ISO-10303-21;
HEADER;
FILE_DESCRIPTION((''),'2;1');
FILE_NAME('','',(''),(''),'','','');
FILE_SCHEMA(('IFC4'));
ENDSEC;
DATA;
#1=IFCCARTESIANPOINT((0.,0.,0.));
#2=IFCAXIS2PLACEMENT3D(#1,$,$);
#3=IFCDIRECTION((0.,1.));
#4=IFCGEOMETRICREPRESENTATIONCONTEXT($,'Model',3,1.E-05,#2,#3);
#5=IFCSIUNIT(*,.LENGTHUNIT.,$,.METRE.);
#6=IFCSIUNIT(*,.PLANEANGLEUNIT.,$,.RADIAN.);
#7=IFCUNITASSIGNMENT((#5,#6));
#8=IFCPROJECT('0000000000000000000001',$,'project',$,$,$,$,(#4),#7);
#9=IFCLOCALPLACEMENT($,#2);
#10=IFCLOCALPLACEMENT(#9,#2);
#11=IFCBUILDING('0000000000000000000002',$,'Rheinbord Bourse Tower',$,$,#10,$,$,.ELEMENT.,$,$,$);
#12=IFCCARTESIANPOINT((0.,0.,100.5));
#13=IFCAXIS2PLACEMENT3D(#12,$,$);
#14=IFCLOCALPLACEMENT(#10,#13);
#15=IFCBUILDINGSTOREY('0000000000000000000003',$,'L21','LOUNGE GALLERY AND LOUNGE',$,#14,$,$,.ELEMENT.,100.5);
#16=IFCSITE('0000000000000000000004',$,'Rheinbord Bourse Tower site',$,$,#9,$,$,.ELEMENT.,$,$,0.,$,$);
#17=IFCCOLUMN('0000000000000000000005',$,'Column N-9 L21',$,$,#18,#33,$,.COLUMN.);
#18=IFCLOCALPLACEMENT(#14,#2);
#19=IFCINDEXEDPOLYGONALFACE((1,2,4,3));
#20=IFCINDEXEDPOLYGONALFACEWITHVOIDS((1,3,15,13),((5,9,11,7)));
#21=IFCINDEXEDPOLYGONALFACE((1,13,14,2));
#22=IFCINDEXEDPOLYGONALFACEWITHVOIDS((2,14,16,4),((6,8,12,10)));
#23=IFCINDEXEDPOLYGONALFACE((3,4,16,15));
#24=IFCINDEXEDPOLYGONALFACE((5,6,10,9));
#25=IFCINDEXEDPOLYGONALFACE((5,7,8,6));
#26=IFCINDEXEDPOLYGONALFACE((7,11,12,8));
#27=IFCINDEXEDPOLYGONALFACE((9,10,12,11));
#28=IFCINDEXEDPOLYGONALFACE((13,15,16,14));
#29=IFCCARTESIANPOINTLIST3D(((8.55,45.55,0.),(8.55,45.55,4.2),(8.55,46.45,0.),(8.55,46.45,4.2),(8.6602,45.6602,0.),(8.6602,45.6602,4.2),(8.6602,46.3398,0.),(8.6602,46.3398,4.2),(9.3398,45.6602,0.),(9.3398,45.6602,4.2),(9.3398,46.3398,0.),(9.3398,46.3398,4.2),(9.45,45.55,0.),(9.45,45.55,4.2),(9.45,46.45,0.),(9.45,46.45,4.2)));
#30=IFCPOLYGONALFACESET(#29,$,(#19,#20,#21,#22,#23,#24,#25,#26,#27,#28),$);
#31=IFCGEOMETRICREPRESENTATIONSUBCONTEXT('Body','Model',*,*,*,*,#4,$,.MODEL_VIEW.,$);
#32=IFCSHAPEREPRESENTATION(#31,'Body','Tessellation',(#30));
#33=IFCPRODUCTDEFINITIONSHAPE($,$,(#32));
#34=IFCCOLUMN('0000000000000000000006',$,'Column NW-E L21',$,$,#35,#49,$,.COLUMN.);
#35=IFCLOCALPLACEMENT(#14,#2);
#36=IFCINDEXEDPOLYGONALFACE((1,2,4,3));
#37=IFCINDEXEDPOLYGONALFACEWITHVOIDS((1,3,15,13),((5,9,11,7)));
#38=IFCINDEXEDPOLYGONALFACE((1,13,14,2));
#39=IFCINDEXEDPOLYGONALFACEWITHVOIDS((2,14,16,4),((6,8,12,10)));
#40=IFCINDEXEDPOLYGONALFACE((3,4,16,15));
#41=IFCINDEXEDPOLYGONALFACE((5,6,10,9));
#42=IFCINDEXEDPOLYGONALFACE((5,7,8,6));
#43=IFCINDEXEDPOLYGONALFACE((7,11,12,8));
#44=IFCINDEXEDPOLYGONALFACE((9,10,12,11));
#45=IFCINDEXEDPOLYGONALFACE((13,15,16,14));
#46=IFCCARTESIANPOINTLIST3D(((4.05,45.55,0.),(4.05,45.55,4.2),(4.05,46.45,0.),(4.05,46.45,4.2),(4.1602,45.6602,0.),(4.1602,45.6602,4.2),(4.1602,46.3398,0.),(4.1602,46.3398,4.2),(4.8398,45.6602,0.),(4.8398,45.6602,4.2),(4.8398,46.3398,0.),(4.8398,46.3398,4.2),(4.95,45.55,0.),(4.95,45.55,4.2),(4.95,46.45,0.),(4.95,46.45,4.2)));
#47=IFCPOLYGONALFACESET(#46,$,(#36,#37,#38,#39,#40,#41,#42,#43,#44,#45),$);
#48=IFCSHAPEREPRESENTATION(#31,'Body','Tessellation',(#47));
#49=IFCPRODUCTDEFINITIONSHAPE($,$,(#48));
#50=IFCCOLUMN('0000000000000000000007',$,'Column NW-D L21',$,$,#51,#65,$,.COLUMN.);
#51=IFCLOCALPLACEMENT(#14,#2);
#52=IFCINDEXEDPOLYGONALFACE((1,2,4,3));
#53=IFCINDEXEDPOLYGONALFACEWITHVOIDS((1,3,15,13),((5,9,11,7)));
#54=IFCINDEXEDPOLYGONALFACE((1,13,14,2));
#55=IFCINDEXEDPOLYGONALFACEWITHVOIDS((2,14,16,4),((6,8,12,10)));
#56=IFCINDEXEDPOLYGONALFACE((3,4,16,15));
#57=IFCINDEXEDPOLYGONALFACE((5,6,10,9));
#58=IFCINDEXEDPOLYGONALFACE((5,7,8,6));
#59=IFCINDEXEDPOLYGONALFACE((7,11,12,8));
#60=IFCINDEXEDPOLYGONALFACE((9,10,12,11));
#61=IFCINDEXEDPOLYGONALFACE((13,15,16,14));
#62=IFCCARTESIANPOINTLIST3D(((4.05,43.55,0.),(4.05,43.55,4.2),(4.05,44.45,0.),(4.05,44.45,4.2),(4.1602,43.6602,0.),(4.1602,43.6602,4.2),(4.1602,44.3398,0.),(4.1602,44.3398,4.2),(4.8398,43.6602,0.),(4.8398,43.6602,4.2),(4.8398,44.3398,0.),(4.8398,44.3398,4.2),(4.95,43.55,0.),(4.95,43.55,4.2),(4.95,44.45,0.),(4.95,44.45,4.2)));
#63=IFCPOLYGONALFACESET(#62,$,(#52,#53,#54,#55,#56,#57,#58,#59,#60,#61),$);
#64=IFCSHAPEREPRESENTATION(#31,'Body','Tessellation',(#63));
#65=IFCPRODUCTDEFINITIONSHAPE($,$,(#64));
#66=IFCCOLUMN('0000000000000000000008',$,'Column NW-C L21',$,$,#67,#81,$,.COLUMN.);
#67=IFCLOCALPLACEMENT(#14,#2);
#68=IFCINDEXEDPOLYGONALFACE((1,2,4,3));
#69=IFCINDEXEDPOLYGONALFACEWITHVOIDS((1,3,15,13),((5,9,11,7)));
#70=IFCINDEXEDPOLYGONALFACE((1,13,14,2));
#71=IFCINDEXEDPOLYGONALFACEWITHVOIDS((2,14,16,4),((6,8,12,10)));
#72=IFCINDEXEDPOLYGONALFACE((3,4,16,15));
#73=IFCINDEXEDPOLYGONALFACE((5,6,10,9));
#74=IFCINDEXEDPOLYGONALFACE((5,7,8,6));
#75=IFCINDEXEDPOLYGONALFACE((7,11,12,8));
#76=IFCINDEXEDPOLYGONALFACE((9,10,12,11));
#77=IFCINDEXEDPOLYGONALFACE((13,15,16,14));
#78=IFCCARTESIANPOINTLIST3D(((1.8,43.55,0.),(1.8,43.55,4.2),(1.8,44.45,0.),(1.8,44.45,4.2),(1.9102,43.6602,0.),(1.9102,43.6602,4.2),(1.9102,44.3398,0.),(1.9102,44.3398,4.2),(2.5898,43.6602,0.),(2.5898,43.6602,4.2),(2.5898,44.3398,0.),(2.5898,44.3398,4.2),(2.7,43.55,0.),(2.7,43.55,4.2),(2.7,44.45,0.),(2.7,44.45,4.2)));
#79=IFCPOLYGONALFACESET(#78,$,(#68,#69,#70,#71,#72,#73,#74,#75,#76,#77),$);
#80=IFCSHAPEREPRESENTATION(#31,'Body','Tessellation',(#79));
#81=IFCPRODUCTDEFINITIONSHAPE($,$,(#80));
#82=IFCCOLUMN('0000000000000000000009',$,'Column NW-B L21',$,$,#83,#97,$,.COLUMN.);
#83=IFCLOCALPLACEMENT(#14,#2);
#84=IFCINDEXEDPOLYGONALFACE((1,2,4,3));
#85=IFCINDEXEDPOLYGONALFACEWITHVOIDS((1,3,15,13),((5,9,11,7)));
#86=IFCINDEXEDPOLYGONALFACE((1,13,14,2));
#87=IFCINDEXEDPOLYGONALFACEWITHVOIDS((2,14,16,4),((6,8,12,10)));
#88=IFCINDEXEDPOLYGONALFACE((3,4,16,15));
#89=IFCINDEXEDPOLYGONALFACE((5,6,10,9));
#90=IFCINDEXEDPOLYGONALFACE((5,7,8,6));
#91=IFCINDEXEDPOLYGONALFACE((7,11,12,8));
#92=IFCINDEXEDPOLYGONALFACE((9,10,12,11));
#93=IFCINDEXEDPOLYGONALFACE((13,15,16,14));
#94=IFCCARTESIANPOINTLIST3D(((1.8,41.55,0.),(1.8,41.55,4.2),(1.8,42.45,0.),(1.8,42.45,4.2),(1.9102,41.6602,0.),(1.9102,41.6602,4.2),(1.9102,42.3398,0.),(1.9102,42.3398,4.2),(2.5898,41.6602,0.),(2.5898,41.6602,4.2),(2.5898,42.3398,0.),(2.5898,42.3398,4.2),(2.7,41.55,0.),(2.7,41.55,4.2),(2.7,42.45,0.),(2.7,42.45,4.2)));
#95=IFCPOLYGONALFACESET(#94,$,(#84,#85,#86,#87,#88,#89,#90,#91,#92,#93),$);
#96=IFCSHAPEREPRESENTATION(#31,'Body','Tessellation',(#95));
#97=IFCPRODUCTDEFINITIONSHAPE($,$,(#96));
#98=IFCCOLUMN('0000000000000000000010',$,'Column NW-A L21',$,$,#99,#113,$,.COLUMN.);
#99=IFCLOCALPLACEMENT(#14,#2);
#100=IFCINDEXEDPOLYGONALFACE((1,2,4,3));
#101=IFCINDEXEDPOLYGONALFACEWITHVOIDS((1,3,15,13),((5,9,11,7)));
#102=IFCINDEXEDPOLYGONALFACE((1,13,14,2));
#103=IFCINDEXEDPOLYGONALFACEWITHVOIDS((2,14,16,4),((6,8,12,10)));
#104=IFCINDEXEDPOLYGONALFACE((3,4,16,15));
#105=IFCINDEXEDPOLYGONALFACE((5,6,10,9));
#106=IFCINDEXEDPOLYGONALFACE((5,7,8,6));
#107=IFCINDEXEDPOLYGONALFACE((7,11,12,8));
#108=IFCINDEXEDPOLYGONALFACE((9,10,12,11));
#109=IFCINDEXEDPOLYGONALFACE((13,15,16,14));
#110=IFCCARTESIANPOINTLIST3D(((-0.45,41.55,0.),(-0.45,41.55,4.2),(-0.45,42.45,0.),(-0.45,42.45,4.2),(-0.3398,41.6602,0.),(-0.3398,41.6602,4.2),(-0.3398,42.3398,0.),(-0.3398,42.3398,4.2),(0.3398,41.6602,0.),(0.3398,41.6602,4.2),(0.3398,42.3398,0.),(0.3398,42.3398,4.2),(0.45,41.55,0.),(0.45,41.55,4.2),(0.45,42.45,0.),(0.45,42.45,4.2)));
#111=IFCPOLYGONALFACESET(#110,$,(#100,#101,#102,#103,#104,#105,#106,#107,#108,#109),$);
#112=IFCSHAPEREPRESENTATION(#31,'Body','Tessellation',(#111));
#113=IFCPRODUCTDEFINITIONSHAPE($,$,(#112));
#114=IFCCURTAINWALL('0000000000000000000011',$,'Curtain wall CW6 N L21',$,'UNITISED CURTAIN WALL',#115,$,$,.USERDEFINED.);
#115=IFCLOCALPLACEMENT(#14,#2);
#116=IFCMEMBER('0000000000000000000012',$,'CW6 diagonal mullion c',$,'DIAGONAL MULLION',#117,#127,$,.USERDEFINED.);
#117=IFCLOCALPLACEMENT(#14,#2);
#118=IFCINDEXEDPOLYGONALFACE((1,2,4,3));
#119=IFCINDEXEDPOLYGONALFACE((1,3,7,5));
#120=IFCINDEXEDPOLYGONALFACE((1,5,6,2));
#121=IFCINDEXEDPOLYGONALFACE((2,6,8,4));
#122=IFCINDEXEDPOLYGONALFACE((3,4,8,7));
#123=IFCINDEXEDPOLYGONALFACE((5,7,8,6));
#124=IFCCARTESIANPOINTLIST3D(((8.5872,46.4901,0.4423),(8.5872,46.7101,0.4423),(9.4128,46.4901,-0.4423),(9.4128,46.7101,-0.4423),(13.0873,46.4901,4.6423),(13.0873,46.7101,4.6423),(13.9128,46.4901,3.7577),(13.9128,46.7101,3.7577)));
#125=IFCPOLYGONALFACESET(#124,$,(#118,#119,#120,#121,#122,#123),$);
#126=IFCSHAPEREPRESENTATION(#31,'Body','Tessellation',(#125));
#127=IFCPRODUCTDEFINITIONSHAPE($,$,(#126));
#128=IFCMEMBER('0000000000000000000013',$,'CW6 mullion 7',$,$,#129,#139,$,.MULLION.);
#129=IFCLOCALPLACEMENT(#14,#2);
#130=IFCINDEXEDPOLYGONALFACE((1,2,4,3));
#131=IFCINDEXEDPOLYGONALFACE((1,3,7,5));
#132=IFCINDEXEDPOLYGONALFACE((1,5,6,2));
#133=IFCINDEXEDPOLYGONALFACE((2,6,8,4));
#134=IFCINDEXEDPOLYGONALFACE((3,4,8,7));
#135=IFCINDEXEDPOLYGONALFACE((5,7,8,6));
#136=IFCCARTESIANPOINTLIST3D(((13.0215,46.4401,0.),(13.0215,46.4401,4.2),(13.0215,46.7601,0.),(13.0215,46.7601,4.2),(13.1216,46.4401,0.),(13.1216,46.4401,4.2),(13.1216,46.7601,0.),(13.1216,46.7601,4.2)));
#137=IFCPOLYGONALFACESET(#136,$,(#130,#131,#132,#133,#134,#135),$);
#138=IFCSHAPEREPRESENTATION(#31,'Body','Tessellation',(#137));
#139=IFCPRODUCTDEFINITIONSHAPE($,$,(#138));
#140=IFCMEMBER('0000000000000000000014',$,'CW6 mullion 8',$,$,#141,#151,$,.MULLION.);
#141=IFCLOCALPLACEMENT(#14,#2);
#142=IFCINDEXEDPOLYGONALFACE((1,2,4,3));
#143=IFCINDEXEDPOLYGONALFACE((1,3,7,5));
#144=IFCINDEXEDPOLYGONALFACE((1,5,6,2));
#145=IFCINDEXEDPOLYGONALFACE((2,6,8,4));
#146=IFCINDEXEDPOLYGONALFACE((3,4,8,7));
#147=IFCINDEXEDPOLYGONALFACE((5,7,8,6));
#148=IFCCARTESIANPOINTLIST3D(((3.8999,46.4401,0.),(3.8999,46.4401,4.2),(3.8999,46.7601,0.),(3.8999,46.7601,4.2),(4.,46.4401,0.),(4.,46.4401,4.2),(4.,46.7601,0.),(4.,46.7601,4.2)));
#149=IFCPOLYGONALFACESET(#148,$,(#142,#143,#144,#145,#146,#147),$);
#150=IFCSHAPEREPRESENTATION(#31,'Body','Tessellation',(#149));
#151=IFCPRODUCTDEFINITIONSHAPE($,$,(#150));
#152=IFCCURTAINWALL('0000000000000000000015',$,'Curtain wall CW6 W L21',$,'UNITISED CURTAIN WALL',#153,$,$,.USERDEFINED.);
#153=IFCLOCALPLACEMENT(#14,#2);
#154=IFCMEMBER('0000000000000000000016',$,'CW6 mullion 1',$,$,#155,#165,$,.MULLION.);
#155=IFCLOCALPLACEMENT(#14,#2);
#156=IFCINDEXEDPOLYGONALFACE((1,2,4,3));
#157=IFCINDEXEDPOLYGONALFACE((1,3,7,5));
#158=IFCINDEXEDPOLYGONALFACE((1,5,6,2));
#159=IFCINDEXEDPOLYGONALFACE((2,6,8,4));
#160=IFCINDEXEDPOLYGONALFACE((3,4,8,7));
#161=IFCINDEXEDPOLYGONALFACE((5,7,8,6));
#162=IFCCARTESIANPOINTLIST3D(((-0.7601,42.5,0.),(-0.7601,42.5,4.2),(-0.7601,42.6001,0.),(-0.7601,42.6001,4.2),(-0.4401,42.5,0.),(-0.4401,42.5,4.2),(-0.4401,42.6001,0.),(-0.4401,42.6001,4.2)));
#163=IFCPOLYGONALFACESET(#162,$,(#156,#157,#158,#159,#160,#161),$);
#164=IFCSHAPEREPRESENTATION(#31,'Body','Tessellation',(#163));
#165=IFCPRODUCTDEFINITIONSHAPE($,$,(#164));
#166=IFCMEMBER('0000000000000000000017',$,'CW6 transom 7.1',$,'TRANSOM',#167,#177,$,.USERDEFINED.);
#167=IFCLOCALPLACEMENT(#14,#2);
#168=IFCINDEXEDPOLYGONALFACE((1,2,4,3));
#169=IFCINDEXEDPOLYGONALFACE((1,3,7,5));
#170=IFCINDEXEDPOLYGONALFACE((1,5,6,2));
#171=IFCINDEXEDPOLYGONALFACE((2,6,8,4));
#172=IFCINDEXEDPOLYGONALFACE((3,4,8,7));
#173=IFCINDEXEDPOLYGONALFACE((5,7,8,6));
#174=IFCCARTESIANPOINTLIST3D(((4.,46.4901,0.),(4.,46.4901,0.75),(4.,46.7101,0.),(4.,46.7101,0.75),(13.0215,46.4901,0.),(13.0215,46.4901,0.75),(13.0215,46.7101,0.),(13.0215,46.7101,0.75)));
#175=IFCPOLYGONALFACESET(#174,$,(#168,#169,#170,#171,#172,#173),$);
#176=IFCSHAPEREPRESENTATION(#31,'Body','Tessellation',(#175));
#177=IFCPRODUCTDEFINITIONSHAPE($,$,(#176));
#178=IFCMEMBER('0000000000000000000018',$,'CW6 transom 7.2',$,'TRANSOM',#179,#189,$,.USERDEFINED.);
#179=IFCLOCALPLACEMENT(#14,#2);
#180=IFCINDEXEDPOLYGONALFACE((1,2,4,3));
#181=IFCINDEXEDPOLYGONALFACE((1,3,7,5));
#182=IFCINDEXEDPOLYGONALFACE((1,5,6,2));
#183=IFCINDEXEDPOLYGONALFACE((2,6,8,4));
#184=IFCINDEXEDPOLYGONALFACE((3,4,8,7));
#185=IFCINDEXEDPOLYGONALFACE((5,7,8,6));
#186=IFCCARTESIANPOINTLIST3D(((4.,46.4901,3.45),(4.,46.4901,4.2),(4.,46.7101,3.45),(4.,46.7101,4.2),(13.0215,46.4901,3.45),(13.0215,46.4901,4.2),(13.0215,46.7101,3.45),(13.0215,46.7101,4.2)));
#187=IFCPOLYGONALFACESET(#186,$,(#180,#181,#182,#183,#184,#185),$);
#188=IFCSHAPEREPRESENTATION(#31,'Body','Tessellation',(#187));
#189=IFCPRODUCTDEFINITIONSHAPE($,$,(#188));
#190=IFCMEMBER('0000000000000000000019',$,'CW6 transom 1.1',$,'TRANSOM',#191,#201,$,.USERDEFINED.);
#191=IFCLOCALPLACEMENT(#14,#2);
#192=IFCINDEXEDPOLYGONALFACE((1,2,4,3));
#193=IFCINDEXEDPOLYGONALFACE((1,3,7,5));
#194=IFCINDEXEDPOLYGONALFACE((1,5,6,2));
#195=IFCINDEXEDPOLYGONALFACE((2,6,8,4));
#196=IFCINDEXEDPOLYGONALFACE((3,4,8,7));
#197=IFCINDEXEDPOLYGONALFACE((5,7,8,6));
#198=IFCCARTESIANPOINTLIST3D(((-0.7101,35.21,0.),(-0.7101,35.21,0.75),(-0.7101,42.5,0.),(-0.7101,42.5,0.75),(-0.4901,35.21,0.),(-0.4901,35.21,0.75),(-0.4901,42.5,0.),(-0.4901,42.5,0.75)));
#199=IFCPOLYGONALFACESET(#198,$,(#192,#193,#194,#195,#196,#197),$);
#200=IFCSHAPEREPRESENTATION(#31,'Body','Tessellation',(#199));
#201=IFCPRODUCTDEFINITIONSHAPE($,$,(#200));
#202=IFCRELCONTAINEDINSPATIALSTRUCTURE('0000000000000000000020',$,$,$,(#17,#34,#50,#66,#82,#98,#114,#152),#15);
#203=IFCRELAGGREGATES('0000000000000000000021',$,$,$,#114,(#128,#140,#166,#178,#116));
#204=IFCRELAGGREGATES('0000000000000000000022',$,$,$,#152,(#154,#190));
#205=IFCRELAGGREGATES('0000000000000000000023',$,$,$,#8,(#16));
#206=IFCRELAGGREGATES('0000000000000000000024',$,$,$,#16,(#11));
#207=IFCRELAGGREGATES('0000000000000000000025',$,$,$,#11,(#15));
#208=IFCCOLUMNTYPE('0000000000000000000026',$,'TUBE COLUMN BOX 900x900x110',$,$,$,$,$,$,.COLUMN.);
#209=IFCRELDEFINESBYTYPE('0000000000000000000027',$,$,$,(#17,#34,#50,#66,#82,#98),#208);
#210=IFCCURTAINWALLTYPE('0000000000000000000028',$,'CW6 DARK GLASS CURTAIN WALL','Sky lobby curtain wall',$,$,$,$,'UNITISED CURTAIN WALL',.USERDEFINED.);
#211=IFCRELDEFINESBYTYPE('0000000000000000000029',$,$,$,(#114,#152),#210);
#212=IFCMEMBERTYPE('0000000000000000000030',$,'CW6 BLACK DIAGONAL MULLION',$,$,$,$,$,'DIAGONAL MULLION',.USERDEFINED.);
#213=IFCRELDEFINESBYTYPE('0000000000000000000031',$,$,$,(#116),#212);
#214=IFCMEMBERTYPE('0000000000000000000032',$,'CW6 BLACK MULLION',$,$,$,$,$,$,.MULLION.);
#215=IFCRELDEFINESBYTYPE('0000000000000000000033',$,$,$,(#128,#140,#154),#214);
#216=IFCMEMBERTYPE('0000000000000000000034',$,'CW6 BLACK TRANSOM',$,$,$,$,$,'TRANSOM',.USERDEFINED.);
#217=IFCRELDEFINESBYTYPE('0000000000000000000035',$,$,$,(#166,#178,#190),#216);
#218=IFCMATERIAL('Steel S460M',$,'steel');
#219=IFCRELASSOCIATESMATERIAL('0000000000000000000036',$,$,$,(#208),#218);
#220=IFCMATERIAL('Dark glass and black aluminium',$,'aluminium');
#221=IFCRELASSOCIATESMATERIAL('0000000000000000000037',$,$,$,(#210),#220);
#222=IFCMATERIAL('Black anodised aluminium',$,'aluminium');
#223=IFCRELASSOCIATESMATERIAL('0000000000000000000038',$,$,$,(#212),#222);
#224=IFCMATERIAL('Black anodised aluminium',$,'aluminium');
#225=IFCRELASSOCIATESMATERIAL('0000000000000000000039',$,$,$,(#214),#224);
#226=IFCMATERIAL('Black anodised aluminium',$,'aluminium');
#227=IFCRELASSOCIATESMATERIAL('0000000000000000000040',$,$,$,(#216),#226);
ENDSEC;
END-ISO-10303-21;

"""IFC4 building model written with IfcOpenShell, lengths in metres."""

from ifc_helpers import new_model, si_unit, direction, frame, origin, origin_2d, place, context, subcontext, project, spatial, rectangle, hollow_rectangle, extrude, material, material_profile, profile_set, type_object, element, aggregate, save


model = new_model("IFC4")

# Units and contexts
model_context = context("Model", 3, precision=1e-05, world=origin(), true_north=direction((0.0, 1.0)))
body_context = subcontext(model_context, "Body", "Model", "MODEL_VIEW")
ifc_project = project(units=[si_unit("LENGTHUNIT", "METRE"), si_unit("PLANEANGLEUNIT", "RADIAN")], contexts=[model_context])

# Site, building, storey
site_placement = place(None, origin())
site = spatial("IfcSite", under=ifc_project, at=site_placement, Name="Rheinbord Bourse Tower site", CompositionType="ELEMENT", RefElevation=0.0)
building_placement = place(site_placement, origin())
building = spatial("IfcBuilding", under=site, at=building_placement, Name="Rheinbord Bourse Tower", CompositionType="ELEMENT")
storey_placement = place(building_placement, frame((0.0, 0.0, 100.5)))
storey = spatial("IfcBuildingStorey", under=building, at=storey_placement, Name="L21", Description="LOUNGE GALLERY AND LOUNGE", CompositionType="ELEMENT", Elevation=100.5)

# Columns
ifc_material_1 = material(Name="Steel S460M", Category="steel")
ifc_material_profile_1 = material_profile(ifc_material_1, hollow_rectangle(XDim=0.8999, YDim=0.8999, WallThickness=0.1101, at=origin_2d()), Name="BOX 900x900x110")
ifc_profile_set_1 = profile_set([ifc_material_profile_1], Name="Steel S460M")
column_type = type_object("IfcColumnType", Name="TUBE COLUMN BOX 900x900x110", PredefinedType="COLUMN", material=ifc_profile_set_1)
for number, where, z_axis, x_axis, name in (
    (1, (9.0, 46.0, 0.0), (0.0, 0.0, 1.0), (0.0, 1.0, 0.0), "Column N-9 L21"),
    (2, (4.5, 46.0, 0.0), (0.0, 0.0, 1.0), (0.0, 1.0, 0.0), "Column NW-E L21"),
    (3, (4.5, 44.0, 0.0), (0.0, 0.0, 1.0), (0.0, 1.0, 0.0), "Column NW-D L21"),
    (4, (2.25, 44.0, 0.0), (0.0, 0.0, 1.0), (1.0, 0.0, 0.0), "Column NW-C L21"),
    (5, (2.25, 42.0, 0.0), (0.0, 0.0, 1.0), (1.0, 0.0, 0.0), "Column NW-B L21"),
    (6, (0.0, 42.0, 0.0), (0.0, 0.0, 1.0), (1.0, 0.0, 0.0), "Column NW-A L21"),
):
    element("IfcColumn", number, at=place(storey_placement, frame(where, z_axis=z_axis, x_axis=x_axis)), inside=storey, type_object=column_type, Name=name, PredefinedType="COLUMN", context=body_context, shape_type="SweptSolid", body=[
        extrude(hollow_rectangle(XDim=0.8999, YDim=0.8999, WallThickness=0.1101, at=origin_2d()), origin(), (0.0, 0.0, 1.0), 4.2),
    ])

# Curtain wall, members
ifc_material_2 = material(Name="Dark glass and black aluminium", Category="aluminium")
curtain_wall_type = type_object("IfcCurtainWallType", Name="CW6 DARK GLASS CURTAIN WALL", Description="Sky lobby curtain wall", ElementType="UNITISED CURTAIN WALL", PredefinedType="USERDEFINED", material=ifc_material_2)
curtain_wall_1_placement = place(storey_placement, origin())
curtain_wall_1 = element("IfcCurtainWall", 7, at=curtain_wall_1_placement, inside=storey, type_object=curtain_wall_type, Name="Curtain wall CW6 N L21", ObjectType="UNITISED CURTAIN WALL", PredefinedType="USERDEFINED")
ifc_material_3 = material(Name="Black anodised aluminium", Category="aluminium")
ifc_material_profile_2 = material_profile(ifc_material_3, rectangle(XDim=0.22, YDim=1.21, at=origin_2d()), Name="CW6 DIAGONAL MULLION 1210x220")
ifc_profile_set_2 = profile_set([ifc_material_profile_2], Name="Black anodised aluminium")
member_type_1 = type_object("IfcMemberType", Name="CW6 BLACK DIAGONAL MULLION", ElementType="DIAGONAL MULLION", PredefinedType="USERDEFINED", material=ifc_profile_set_2)
member_1_placement = place(storey_placement, frame((9.0, 46.6001, 0.0), z_axis=(0.731059, 0.0, 0.682314), x_axis=(0.0, 1.0, 0.0)))
member_1 = element("IfcMember", 8, at=member_1_placement, type_object=member_type_1, Name="CW6 diagonal mullion c", ObjectType="DIAGONAL MULLION", PredefinedType="USERDEFINED", context=body_context, shape_type="SweptSolid", body=[
    extrude(rectangle(XDim=0.22, YDim=1.21, at=origin_2d()), origin(), (0.0, 0.0, 1.0), 6.1555),
])
ifc_material_4 = material(Name="Black anodised aluminium", Category="aluminium")
ifc_material_profile_3 = material_profile(ifc_material_4, rectangle(XDim=0.3201, YDim=0.1001, at=origin_2d()), Name="CW6 MULLION 100x320")
ifc_profile_set_3 = profile_set([ifc_material_profile_3], Name="Black anodised aluminium")
member_type_2 = type_object("IfcMemberType", Name="CW6 BLACK MULLION", PredefinedType="MULLION", material=ifc_profile_set_3)
member_2_placement = place(storey_placement, frame((13.0715, 46.6001, 0.0), z_axis=(0.0, 0.0, 1.0), x_axis=(0.0, -1.0, 0.0)))
member_2 = element("IfcMember", 9, at=member_2_placement, type_object=member_type_2, Name="CW6 mullion 7", PredefinedType="MULLION", context=body_context, shape_type="SweptSolid", body=[
    extrude(rectangle(XDim=0.3201, YDim=0.1001, at=origin_2d()), origin(), (0.0, 0.0, 1.0), 4.2),
])
member_3_placement = place(storey_placement, frame((3.95, 46.6001, 0.0), z_axis=(0.0, 0.0, 1.0), x_axis=(0.0, -1.0, 0.0)))
member_3 = element("IfcMember", 10, at=member_3_placement, type_object=member_type_2, Name="CW6 mullion 8", PredefinedType="MULLION", context=body_context, shape_type="SweptSolid", body=[
    extrude(rectangle(XDim=0.3201, YDim=0.1001, at=origin_2d()), origin(), (0.0, 0.0, 1.0), 4.2),
])

# Curtain wall, member
curtain_wall_2_placement = place(storey_placement, origin())
curtain_wall_2 = element("IfcCurtainWall", 11, at=curtain_wall_2_placement, inside=storey, type_object=curtain_wall_type, Name="Curtain wall CW6 W L21", ObjectType="UNITISED CURTAIN WALL", PredefinedType="USERDEFINED")
member_4_placement = place(storey_placement, frame((-0.6001, 42.55, 0.0), z_axis=(0.0, 0.0, 1.0), x_axis=(1.0, 0.0, 0.0)))
member_4 = element("IfcMember", 12, at=member_4_placement, type_object=member_type_2, Name="CW6 mullion 1", PredefinedType="MULLION", context=body_context, shape_type="SweptSolid", body=[
    extrude(rectangle(XDim=0.3201, YDim=0.1001, at=origin_2d()), origin(), (0.0, 0.0, 1.0), 4.2),
])

# Members
ifc_material_5 = material(Name="Black anodised aluminium", Category="aluminium")
ifc_material_profile_4 = material_profile(ifc_material_5, rectangle(XDim=0.22, YDim=0.75, at=origin_2d()), Name="CW6 TRANSOM 750x220")
ifc_profile_set_4 = profile_set([ifc_material_profile_4], Name="Black anodised aluminium")
member_type_3 = type_object("IfcMemberType", Name="CW6 BLACK TRANSOM", ElementType="TRANSOM", PredefinedType="USERDEFINED", material=ifc_profile_set_4)
member_5_placement = place(storey_placement, frame((13.0215, 46.6001, 0.375), z_axis=(-1.0, 0.0, 0.0), x_axis=(0.0, -1.0, 0.0)))
member_5 = element("IfcMember", 13, at=member_5_placement, type_object=member_type_3, Name="CW6 transom 7.1", ObjectType="TRANSOM", PredefinedType="USERDEFINED", context=body_context, shape_type="SweptSolid", body=[
    extrude(rectangle(XDim=0.22, YDim=0.75, at=origin_2d()), origin(), (0.0, 0.0, 1.0), 9.0215),
])
member_6_placement = place(storey_placement, frame((13.0215, 46.6001, 3.825), z_axis=(-1.0, 0.0, 0.0), x_axis=(0.0, -1.0, 0.0)))
member_6 = element("IfcMember", 14, at=member_6_placement, type_object=member_type_3, Name="CW6 transom 7.2", ObjectType="TRANSOM", PredefinedType="USERDEFINED", context=body_context, shape_type="SweptSolid", body=[
    extrude(rectangle(XDim=0.22, YDim=0.75, at=origin_2d()), origin(), (0.0, 0.0, 1.0), 9.0215),
])
member_7_placement = place(storey_placement, frame((-0.6001, 42.5, 0.375), z_axis=(0.0, -1.0, 0.0), x_axis=(1.0, 0.0, 0.0)))
member_7 = element("IfcMember", 15, at=member_7_placement, type_object=member_type_3, Name="CW6 transom 1.1", ObjectType="TRANSOM", PredefinedType="USERDEFINED", context=body_context, shape_type="SweptSolid", body=[
    extrude(rectangle(XDim=0.22, YDim=0.75, at=origin_2d()), origin(), (0.0, 0.0, 1.0), 7.29),
])

aggregate(curtain_wall_1, [member_2, member_3, member_5, member_6, member_1])
aggregate(curtain_wall_2, [member_4, member_7])

save(model, "model.ifc")
